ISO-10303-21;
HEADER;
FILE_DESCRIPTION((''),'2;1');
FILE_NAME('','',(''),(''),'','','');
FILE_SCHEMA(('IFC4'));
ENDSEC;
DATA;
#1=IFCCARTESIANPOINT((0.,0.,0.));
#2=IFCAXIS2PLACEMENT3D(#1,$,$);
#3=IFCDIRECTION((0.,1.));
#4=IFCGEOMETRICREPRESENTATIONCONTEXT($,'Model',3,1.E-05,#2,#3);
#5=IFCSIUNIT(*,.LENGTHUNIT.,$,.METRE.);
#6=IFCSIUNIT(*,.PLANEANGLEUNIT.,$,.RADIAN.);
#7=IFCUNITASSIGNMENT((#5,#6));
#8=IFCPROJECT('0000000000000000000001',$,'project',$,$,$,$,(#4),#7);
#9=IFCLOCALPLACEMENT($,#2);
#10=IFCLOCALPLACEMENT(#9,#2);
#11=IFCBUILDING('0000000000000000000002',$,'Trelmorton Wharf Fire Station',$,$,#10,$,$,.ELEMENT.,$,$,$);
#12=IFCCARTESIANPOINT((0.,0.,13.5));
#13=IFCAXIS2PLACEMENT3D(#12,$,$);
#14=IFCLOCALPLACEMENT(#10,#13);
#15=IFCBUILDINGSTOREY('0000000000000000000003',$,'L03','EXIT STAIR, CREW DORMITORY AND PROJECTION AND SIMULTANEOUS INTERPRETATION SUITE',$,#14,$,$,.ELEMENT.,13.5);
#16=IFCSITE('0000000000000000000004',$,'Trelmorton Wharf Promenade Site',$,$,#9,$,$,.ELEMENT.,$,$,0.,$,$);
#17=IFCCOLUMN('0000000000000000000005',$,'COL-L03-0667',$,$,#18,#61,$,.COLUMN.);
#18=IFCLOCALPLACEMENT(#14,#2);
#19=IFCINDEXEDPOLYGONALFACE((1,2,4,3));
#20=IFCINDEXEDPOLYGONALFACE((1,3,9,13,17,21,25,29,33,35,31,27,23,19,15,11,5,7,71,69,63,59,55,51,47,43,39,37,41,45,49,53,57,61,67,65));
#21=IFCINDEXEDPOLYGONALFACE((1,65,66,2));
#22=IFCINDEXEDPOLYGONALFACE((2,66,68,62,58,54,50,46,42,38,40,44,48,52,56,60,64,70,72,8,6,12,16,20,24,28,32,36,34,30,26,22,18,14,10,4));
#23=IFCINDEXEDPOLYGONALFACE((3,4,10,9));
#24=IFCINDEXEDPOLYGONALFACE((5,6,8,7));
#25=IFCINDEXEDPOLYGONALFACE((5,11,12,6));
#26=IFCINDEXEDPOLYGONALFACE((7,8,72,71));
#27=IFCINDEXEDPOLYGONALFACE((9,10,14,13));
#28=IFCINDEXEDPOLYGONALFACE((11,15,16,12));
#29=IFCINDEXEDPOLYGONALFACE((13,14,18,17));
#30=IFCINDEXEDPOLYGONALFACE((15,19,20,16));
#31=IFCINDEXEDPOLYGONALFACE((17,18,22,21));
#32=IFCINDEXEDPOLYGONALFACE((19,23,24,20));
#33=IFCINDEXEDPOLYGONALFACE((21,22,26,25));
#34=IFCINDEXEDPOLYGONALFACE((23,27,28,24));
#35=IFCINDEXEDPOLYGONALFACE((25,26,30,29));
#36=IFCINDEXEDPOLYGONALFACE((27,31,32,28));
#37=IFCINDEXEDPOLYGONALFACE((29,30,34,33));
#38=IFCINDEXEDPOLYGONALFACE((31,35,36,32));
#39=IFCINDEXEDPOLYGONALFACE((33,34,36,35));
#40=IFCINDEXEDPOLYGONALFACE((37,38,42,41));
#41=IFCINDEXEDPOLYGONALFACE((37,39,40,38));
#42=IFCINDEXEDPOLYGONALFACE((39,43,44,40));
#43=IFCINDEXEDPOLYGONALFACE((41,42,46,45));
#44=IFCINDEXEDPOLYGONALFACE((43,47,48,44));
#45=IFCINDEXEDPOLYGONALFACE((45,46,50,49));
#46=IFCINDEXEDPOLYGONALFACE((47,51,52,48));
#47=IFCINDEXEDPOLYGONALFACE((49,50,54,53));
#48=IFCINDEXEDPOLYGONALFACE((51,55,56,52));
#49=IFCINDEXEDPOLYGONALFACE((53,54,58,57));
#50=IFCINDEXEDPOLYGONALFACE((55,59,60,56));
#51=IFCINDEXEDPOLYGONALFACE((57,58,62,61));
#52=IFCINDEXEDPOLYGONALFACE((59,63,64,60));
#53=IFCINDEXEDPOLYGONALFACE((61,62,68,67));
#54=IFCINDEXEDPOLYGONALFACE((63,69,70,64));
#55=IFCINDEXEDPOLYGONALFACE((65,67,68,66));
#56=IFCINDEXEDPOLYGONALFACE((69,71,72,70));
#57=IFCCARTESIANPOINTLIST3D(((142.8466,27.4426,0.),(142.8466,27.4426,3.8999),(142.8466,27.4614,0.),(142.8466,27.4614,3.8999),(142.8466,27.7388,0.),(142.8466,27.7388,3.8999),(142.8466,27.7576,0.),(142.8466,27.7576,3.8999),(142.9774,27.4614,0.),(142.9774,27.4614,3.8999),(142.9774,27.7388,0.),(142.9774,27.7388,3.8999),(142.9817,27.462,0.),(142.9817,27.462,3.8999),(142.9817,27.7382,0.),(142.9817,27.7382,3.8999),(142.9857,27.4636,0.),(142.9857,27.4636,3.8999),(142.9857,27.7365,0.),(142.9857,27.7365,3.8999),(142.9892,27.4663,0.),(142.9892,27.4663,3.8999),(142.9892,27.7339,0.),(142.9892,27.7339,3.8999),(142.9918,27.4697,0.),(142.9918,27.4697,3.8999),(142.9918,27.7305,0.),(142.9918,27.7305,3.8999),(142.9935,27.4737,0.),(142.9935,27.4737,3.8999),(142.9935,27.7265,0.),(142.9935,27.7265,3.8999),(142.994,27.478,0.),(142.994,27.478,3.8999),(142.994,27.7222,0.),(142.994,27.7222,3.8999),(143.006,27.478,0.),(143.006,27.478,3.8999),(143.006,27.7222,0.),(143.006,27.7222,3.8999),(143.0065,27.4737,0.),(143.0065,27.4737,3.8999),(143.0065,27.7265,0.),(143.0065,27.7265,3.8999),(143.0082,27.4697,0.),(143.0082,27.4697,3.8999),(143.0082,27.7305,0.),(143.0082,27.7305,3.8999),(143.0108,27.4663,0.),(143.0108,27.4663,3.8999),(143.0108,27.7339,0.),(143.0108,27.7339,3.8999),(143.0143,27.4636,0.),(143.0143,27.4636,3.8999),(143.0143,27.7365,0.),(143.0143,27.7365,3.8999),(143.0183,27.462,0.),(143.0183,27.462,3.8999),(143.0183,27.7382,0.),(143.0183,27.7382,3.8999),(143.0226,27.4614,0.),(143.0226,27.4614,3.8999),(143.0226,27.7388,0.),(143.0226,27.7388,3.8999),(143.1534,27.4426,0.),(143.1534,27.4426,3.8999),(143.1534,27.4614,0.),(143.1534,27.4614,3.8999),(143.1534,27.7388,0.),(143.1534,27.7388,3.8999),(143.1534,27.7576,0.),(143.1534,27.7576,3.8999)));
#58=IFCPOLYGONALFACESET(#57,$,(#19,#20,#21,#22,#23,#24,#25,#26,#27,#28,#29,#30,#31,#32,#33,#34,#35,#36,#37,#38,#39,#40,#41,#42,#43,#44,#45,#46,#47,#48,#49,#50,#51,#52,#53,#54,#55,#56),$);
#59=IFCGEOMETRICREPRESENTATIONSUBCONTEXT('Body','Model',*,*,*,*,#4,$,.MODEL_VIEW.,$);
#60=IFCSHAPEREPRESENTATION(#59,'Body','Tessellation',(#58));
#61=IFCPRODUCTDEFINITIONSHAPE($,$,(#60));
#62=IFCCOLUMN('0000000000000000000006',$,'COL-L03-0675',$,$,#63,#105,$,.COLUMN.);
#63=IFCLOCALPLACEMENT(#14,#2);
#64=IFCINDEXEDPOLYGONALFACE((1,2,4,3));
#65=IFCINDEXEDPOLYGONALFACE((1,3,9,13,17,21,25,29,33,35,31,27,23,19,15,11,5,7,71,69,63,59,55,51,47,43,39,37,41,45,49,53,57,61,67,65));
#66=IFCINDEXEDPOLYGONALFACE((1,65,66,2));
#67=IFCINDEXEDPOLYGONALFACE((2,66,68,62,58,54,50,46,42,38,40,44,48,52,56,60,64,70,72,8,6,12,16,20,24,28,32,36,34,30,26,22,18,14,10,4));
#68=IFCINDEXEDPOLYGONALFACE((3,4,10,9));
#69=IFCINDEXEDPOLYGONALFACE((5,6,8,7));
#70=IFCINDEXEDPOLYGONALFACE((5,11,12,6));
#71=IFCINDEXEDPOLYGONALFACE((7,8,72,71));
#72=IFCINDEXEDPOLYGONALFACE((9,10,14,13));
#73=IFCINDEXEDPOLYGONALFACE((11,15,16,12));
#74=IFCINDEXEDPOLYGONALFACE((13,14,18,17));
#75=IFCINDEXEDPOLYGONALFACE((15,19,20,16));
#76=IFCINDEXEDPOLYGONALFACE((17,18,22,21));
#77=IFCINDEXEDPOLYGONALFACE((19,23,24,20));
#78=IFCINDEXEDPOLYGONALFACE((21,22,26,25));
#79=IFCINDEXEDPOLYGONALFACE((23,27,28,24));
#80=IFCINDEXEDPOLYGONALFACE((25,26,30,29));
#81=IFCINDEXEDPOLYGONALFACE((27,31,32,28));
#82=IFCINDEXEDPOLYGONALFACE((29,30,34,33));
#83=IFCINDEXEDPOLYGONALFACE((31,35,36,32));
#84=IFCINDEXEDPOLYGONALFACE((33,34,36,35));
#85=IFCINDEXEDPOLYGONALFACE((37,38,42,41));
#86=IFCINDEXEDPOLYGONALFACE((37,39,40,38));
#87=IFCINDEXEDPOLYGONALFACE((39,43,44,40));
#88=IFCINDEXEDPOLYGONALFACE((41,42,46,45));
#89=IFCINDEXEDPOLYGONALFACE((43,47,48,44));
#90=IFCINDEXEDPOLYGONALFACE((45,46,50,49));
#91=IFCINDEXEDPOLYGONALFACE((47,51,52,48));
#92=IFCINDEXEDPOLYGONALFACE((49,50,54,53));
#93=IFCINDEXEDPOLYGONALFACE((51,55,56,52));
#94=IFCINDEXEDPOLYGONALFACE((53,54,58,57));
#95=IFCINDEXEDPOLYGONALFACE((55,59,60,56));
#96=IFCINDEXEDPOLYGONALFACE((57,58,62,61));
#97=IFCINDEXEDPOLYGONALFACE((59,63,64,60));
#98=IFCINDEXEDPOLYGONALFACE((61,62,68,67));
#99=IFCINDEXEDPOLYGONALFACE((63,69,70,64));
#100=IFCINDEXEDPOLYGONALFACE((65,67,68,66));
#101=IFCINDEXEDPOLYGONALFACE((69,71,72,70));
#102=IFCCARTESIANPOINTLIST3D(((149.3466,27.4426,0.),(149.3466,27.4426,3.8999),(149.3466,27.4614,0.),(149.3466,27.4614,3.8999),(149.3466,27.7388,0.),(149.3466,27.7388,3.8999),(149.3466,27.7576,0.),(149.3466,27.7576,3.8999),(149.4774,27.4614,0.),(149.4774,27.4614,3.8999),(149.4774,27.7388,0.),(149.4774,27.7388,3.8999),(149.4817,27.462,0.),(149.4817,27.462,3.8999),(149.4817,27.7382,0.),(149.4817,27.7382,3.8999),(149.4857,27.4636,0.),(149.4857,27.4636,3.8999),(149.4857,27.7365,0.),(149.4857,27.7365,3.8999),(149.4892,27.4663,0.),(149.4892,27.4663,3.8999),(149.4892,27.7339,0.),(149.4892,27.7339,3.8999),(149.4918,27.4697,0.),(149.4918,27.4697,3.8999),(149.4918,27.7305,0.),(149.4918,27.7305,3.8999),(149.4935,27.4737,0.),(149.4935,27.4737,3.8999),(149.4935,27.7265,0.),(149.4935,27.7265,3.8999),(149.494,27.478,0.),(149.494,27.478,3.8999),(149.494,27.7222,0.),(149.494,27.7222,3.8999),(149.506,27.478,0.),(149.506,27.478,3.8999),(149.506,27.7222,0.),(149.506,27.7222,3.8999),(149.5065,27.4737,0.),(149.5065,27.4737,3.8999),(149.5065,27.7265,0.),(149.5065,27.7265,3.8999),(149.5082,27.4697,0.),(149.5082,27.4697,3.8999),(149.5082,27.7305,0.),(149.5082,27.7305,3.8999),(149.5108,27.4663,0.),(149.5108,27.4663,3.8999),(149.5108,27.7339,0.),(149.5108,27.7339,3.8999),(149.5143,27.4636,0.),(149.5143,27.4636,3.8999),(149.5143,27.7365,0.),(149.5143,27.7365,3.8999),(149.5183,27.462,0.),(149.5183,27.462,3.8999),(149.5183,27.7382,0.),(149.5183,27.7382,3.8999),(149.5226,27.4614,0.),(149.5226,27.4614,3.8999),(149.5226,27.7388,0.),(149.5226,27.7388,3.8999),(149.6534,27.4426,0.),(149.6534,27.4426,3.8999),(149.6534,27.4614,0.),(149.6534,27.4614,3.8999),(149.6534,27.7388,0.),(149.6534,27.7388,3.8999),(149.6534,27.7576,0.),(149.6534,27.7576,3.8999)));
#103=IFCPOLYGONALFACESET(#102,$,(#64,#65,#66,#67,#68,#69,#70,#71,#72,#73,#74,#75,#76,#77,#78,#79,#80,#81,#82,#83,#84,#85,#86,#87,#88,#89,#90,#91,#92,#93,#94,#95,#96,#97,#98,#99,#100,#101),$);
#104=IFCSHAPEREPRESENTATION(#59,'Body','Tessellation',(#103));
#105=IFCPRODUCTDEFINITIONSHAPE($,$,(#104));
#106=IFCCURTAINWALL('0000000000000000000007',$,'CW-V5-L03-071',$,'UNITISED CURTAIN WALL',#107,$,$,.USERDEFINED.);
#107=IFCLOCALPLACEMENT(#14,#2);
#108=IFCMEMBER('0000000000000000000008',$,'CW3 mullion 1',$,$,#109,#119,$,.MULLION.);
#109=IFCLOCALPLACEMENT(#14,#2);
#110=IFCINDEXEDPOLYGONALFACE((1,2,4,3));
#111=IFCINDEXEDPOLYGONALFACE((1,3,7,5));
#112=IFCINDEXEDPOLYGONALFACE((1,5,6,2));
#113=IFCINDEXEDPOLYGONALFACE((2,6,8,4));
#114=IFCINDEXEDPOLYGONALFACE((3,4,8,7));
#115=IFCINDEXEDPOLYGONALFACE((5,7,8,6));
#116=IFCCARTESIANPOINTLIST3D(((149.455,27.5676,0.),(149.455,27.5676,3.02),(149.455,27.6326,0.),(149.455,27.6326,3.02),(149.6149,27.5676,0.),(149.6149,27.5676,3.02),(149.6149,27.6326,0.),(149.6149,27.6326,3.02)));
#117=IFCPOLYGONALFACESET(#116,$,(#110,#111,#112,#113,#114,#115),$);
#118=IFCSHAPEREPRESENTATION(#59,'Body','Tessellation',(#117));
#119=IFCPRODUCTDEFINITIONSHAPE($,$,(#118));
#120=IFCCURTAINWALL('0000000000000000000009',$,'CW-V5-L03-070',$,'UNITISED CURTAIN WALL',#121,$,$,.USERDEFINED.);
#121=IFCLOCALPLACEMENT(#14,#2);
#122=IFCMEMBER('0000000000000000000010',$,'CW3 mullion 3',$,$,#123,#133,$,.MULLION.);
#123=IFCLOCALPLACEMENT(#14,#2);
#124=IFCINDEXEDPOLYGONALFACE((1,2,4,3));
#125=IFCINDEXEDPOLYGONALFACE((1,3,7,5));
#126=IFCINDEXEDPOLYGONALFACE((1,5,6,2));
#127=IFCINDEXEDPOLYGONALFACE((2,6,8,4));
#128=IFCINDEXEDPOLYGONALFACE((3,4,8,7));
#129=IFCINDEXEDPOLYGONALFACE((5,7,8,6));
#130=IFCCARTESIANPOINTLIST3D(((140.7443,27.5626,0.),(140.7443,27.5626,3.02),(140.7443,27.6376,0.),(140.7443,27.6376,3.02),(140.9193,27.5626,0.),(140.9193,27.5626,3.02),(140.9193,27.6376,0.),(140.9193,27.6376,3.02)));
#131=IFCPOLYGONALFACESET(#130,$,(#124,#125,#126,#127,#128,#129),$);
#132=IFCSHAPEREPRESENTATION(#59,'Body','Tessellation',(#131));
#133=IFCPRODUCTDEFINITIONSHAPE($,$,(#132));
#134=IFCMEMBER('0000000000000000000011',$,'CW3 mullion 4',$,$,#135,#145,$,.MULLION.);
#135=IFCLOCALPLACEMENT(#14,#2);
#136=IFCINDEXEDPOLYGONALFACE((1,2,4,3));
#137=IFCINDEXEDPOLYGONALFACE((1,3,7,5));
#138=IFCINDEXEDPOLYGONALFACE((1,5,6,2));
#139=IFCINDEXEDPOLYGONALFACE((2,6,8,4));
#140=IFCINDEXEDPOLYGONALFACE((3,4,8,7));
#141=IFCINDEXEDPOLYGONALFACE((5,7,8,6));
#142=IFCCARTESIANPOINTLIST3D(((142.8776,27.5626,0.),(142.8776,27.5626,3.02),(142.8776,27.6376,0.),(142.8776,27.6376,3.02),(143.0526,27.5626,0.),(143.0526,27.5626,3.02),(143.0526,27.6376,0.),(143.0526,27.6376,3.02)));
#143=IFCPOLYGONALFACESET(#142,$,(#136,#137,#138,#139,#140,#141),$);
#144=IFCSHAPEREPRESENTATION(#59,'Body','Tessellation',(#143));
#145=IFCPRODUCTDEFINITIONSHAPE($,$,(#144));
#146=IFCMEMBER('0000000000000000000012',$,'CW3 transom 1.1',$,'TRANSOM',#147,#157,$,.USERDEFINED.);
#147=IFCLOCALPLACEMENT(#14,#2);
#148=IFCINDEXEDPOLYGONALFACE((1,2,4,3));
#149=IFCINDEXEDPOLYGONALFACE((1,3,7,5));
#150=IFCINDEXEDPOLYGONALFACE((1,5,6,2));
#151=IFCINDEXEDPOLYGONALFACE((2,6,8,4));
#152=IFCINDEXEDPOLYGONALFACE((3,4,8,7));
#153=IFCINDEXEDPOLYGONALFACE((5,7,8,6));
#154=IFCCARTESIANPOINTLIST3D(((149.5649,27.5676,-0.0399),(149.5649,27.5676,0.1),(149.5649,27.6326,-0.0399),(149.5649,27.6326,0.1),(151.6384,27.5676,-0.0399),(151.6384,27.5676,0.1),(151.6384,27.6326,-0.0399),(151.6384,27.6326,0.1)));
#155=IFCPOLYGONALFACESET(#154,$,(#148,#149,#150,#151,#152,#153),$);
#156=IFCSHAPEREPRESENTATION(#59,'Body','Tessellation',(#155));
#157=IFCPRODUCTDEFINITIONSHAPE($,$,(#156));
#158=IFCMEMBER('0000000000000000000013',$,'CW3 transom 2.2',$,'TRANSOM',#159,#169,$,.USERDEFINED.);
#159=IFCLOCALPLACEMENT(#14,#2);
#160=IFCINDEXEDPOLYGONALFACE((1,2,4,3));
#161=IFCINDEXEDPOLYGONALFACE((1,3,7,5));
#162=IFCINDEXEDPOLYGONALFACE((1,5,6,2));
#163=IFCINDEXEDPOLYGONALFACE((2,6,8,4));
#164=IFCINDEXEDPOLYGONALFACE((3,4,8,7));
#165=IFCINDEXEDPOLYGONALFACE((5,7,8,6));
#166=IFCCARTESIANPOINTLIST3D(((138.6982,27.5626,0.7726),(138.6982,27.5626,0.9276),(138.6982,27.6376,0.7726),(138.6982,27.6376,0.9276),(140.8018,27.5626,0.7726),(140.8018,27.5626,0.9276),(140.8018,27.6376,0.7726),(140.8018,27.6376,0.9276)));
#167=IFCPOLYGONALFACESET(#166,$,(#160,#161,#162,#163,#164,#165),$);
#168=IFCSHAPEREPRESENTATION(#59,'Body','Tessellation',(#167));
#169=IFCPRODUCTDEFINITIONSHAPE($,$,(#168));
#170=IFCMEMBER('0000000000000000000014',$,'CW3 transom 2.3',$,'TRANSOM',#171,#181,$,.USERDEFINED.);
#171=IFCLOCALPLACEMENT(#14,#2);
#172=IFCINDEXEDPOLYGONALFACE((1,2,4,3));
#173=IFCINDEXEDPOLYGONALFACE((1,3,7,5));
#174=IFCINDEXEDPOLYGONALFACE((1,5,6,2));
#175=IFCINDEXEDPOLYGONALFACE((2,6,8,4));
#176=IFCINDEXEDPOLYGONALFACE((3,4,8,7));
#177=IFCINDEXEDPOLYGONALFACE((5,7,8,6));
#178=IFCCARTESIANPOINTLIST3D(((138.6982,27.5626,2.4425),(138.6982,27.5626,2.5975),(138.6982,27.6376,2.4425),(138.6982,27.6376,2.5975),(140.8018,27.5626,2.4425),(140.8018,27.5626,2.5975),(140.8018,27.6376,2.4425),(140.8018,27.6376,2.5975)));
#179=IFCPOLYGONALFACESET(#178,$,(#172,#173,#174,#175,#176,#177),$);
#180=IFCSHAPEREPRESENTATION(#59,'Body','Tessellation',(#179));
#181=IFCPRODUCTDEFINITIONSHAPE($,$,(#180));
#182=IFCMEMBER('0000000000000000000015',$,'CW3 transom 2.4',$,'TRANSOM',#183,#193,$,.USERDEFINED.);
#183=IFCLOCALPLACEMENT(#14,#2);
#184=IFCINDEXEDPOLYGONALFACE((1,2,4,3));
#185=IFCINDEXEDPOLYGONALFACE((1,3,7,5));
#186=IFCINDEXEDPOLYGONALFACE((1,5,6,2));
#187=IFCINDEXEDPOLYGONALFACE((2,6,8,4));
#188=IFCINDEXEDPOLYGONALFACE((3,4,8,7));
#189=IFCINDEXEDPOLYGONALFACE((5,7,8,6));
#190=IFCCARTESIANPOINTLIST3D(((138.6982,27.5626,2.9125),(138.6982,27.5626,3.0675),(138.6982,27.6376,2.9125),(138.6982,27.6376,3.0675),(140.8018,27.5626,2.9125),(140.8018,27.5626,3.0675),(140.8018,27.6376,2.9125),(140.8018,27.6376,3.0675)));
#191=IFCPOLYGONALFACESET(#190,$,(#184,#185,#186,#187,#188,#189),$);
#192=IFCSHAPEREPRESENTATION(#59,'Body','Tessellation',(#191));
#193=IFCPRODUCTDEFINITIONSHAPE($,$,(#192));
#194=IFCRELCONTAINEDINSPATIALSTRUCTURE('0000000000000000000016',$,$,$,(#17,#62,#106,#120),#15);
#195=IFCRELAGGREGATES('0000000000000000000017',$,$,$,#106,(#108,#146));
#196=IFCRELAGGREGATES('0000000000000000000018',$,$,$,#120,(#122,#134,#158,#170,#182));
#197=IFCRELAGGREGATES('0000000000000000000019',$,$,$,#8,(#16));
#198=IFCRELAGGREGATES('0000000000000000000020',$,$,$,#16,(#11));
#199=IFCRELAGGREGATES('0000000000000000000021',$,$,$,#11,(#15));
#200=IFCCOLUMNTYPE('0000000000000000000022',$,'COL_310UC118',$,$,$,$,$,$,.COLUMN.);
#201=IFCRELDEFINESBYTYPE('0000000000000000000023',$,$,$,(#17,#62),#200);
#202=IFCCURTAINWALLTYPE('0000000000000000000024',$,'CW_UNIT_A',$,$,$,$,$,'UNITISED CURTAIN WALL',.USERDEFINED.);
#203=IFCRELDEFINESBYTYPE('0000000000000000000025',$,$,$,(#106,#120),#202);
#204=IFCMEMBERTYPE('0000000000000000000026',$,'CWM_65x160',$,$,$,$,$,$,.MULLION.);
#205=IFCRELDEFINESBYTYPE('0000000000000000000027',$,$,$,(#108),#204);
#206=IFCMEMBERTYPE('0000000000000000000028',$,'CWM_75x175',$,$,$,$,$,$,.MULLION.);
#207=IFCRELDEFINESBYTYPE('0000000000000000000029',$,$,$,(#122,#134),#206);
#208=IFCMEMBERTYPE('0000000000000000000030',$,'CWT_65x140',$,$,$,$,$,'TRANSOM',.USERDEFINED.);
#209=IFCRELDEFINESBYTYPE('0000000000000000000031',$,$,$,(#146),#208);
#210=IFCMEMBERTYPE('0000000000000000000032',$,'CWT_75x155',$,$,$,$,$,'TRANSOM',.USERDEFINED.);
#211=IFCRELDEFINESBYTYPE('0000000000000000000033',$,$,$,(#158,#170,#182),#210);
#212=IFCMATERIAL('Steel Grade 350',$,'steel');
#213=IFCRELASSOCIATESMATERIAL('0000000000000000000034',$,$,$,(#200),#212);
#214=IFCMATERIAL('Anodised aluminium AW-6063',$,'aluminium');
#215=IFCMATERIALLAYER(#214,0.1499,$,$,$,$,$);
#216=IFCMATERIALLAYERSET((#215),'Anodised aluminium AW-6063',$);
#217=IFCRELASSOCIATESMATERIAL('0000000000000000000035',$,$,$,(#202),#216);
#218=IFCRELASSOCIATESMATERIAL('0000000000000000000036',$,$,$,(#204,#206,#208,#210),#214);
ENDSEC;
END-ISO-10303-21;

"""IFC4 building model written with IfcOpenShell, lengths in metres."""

from ifc_helpers import new_model, si_unit, direction, frame, origin, origin_2d, place, context, subcontext, project, spatial, rectangle, i_section, extrude, material, layer, layer_set, material_profile, profile_set, type_object, element, aggregate, save


model = new_model("IFC4")

# Units and contexts
model_context = context("Model", 3, precision=1e-05, world=origin(), true_north=direction((0.0, 1.0)))
body_context = subcontext(model_context, "Body", "Model", "MODEL_VIEW")
ifc_project = project(units=[si_unit("LENGTHUNIT", "METRE"), si_unit("PLANEANGLEUNIT", "RADIAN")], contexts=[model_context])

# Site, building, storey
site_placement = place(None, origin())
site = spatial("IfcSite", under=ifc_project, at=site_placement, Name="Trelmorton Wharf Promenade Site", CompositionType="ELEMENT", RefElevation=0.0)
building_placement = place(site_placement, origin())
building = spatial("IfcBuilding", under=site, at=building_placement, Name="Trelmorton Wharf Fire Station", CompositionType="ELEMENT")
storey_placement = place(building_placement, frame((0.0, 0.0, 13.5)))
storey = spatial("IfcBuildingStorey", under=building, at=storey_placement, Name="L03", Description="EXIT STAIR, CREW DORMITORY AND PROJECTION AND SIMULTANEOUS INTERPRETATION SUITE", CompositionType="ELEMENT", Elevation=13.5)

# Columns
ifc_material_1 = material(Name="Steel Grade 350", Category="steel")
ifc_material_profile_1 = material_profile(ifc_material_1, i_section(OverallWidth=0.3069, OverallDepth=0.3149, WebThickness=0.012, FlangeThickness=0.0188, FilletRadius=0.0166, at=origin_2d()), Name="310UC118")
ifc_profile_set_1 = profile_set([ifc_material_profile_1], Name="Steel Grade 350")
column_type = type_object("IfcColumnType", Name="COL_310UC118", PredefinedType="COLUMN", material=ifc_profile_set_1)
for number, where, z_axis, x_axis, name in (
    (1, (143.0, 27.6001, 0.0), (0.0, 0.0, 1.0), (1.0, 0.0, 0.0), "COL-L03-0667"),
    (2, (149.5, 27.6001, 0.0), (0.0, 0.0, 1.0), (1.0, 0.0, 0.0), "COL-L03-0675"),
):
    element("IfcColumn", number, at=place(storey_placement, frame(where, z_axis=z_axis, x_axis=x_axis)), inside=storey, type_object=column_type, Name=name, PredefinedType="COLUMN", context=body_context, shape_type="SweptSolid", body=[
        extrude(i_section(OverallWidth=0.3069, OverallDepth=0.3149, WebThickness=0.012, FlangeThickness=0.0188, FilletRadius=0.0166, at=origin_2d()), origin(), (0.0, 0.0, 1.0), 3.8999),
    ])

# Curtain wall, member
ifc_material_2 = material(Name="Anodised aluminium AW-6063", Category="aluminium")
ifc_layer_1 = layer(ifc_material_2, 0.1499)
ifc_layer_set_1 = layer_set([ifc_layer_1], Name="Anodised aluminium AW-6063")
curtain_wall_type = type_object("IfcCurtainWallType", Name="CW_UNIT_A", ElementType="UNITISED CURTAIN WALL", PredefinedType="USERDEFINED", material=ifc_layer_set_1)
curtain_wall_1_placement = place(storey_placement, origin())
curtain_wall_1 = element("IfcCurtainWall", 3, at=curtain_wall_1_placement, inside=storey, type_object=curtain_wall_type, Name="CW-V5-L03-071", ObjectType="UNITISED CURTAIN WALL", PredefinedType="USERDEFINED")
ifc_material_profile_2 = material_profile(ifc_material_2, rectangle(XDim=0.0649, YDim=0.1599, at=origin_2d()), Name="ALU-65x160")
ifc_profile_set_2 = profile_set([ifc_material_profile_2], Name="Anodised aluminium AW-6063")
member_type_1 = type_object("IfcMemberType", Name="CWM_65x160", PredefinedType="MULLION", material=ifc_profile_set_2)
member_1_placement = place(storey_placement, frame((149.5349, 27.6001, 0.0), z_axis=(0.0, 0.0, 1.0), x_axis=(0.0, 1.0, 0.0)))
member_1 = element("IfcMember", 4, at=member_1_placement, type_object=member_type_1, Name="CW3 mullion 1", PredefinedType="MULLION", context=body_context, shape_type="SweptSolid", body=[
    extrude(rectangle(XDim=0.0649, YDim=0.1599, at=origin_2d()), origin(), (0.0, 0.0, 1.0), 3.02),
])

# Curtain wall, members
curtain_wall_2_placement = place(storey_placement, origin())
curtain_wall_2 = element("IfcCurtainWall", 5, at=curtain_wall_2_placement, inside=storey, type_object=curtain_wall_type, Name="CW-V5-L03-070", ObjectType="UNITISED CURTAIN WALL", PredefinedType="USERDEFINED")
ifc_material_profile_3 = material_profile(ifc_material_2, rectangle(XDim=0.075, YDim=0.175, at=origin_2d()), Name="ALU-75x175")
ifc_profile_set_3 = profile_set([ifc_material_profile_3], Name="Anodised aluminium AW-6063")
member_type_2 = type_object("IfcMemberType", Name="CWM_75x175", PredefinedType="MULLION", material=ifc_profile_set_3)
member_2_placement = place(storey_placement, frame((140.8318, 27.6001, 0.0), z_axis=(0.0, 0.0, 1.0), x_axis=(0.0, 1.0, 0.0)))
member_2 = element("IfcMember", 6, at=member_2_placement, type_object=member_type_2, Name="CW3 mullion 3", PredefinedType="MULLION", context=body_context, shape_type="SweptSolid", body=[
    extrude(rectangle(XDim=0.075, YDim=0.175, at=origin_2d()), origin(), (0.0, 0.0, 1.0), 3.02),
])
member_3_placement = place(storey_placement, frame((142.9651, 27.6001, 0.0), z_axis=(0.0, 0.0, 1.0), x_axis=(0.0, 1.0, 0.0)))
member_3 = element("IfcMember", 7, at=member_3_placement, type_object=member_type_2, Name="CW3 mullion 4", PredefinedType="MULLION", context=body_context, shape_type="SweptSolid", body=[
    extrude(rectangle(XDim=0.075, YDim=0.175, at=origin_2d()), origin(), (0.0, 0.0, 1.0), 3.02),
])

# Members
ifc_material_profile_4 = material_profile(ifc_material_2, rectangle(XDim=0.0649, YDim=0.1399, at=origin_2d()), Name="ALU-65x140")
ifc_profile_set_4 = profile_set([ifc_material_profile_4], Name="Anodised aluminium AW-6063")
member_type_3 = type_object("IfcMemberType", Name="CWT_65x140", ElementType="TRANSOM", PredefinedType="USERDEFINED", material=ifc_profile_set_4)
member_4_placement = place(storey_placement, frame((149.5649, 27.6001, 0.03), z_axis=(1.0, 0.0, 0.0), x_axis=(0.0, 1.0, 0.0)))
member_4 = element("IfcMember", 8, at=member_4_placement, type_object=member_type_3, Name="CW3 transom 1.1", ObjectType="TRANSOM", PredefinedType="USERDEFINED", context=body_context, shape_type="SweptSolid", body=[
    extrude(rectangle(XDim=0.0649, YDim=0.1399, at=origin_2d()), origin(), (0.0, 0.0, 1.0), 2.0735),
])
aggregate(curtain_wall_1, [member_1, member_4])
ifc_material_profile_5 = material_profile(ifc_material_2, rectangle(XDim=0.075, YDim=0.155, at=origin_2d()), Name="ALU-75x155")
ifc_profile_set_5 = profile_set([ifc_material_profile_5], Name="Anodised aluminium AW-6063")
member_type_4 = type_object("IfcMemberType", Name="CWT_75x155", ElementType="TRANSOM", PredefinedType="USERDEFINED", material=ifc_profile_set_5)
member_5_placement = place(storey_placement, frame((138.6982, 27.6001, 0.8501), z_axis=(1.0, 0.0, 0.0), x_axis=(0.0, 1.0, 0.0)))
member_5 = element("IfcMember", 9, at=member_5_placement, type_object=member_type_4, Name="CW3 transom 2.2", ObjectType="TRANSOM", PredefinedType="USERDEFINED", context=body_context, shape_type="SweptSolid", body=[
    extrude(rectangle(XDim=0.075, YDim=0.155, at=origin_2d()), origin(), (0.0, 0.0, 1.0), 2.1035),
])
member_6_placement = place(storey_placement, frame((138.6982, 27.6001, 2.52), z_axis=(1.0, 0.0, 0.0), x_axis=(0.0, 1.0, 0.0)))
member_6 = element("IfcMember", 10, at=member_6_placement, type_object=member_type_4, Name="CW3 transom 2.3", ObjectType="TRANSOM", PredefinedType="USERDEFINED", context=body_context, shape_type="SweptSolid", body=[
    extrude(rectangle(XDim=0.075, YDim=0.155, at=origin_2d()), origin(), (0.0, 0.0, 1.0), 2.1035),
])
member_7_placement = place(storey_placement, frame((138.6982, 27.6001, 2.99), z_axis=(1.0, 0.0, 0.0), x_axis=(0.0, 1.0, 0.0)))
member_7 = element("IfcMember", 11, at=member_7_placement, type_object=member_type_4, Name="CW3 transom 2.4", ObjectType="TRANSOM", PredefinedType="USERDEFINED", context=body_context, shape_type="SweptSolid", body=[
    extrude(rectangle(XDim=0.075, YDim=0.155, at=origin_2d()), origin(), (0.0, 0.0, 1.0), 2.1035),
])

aggregate(curtain_wall_2, [member_2, member_3, member_5, member_6, member_7])

save(model, "model.ifc")
